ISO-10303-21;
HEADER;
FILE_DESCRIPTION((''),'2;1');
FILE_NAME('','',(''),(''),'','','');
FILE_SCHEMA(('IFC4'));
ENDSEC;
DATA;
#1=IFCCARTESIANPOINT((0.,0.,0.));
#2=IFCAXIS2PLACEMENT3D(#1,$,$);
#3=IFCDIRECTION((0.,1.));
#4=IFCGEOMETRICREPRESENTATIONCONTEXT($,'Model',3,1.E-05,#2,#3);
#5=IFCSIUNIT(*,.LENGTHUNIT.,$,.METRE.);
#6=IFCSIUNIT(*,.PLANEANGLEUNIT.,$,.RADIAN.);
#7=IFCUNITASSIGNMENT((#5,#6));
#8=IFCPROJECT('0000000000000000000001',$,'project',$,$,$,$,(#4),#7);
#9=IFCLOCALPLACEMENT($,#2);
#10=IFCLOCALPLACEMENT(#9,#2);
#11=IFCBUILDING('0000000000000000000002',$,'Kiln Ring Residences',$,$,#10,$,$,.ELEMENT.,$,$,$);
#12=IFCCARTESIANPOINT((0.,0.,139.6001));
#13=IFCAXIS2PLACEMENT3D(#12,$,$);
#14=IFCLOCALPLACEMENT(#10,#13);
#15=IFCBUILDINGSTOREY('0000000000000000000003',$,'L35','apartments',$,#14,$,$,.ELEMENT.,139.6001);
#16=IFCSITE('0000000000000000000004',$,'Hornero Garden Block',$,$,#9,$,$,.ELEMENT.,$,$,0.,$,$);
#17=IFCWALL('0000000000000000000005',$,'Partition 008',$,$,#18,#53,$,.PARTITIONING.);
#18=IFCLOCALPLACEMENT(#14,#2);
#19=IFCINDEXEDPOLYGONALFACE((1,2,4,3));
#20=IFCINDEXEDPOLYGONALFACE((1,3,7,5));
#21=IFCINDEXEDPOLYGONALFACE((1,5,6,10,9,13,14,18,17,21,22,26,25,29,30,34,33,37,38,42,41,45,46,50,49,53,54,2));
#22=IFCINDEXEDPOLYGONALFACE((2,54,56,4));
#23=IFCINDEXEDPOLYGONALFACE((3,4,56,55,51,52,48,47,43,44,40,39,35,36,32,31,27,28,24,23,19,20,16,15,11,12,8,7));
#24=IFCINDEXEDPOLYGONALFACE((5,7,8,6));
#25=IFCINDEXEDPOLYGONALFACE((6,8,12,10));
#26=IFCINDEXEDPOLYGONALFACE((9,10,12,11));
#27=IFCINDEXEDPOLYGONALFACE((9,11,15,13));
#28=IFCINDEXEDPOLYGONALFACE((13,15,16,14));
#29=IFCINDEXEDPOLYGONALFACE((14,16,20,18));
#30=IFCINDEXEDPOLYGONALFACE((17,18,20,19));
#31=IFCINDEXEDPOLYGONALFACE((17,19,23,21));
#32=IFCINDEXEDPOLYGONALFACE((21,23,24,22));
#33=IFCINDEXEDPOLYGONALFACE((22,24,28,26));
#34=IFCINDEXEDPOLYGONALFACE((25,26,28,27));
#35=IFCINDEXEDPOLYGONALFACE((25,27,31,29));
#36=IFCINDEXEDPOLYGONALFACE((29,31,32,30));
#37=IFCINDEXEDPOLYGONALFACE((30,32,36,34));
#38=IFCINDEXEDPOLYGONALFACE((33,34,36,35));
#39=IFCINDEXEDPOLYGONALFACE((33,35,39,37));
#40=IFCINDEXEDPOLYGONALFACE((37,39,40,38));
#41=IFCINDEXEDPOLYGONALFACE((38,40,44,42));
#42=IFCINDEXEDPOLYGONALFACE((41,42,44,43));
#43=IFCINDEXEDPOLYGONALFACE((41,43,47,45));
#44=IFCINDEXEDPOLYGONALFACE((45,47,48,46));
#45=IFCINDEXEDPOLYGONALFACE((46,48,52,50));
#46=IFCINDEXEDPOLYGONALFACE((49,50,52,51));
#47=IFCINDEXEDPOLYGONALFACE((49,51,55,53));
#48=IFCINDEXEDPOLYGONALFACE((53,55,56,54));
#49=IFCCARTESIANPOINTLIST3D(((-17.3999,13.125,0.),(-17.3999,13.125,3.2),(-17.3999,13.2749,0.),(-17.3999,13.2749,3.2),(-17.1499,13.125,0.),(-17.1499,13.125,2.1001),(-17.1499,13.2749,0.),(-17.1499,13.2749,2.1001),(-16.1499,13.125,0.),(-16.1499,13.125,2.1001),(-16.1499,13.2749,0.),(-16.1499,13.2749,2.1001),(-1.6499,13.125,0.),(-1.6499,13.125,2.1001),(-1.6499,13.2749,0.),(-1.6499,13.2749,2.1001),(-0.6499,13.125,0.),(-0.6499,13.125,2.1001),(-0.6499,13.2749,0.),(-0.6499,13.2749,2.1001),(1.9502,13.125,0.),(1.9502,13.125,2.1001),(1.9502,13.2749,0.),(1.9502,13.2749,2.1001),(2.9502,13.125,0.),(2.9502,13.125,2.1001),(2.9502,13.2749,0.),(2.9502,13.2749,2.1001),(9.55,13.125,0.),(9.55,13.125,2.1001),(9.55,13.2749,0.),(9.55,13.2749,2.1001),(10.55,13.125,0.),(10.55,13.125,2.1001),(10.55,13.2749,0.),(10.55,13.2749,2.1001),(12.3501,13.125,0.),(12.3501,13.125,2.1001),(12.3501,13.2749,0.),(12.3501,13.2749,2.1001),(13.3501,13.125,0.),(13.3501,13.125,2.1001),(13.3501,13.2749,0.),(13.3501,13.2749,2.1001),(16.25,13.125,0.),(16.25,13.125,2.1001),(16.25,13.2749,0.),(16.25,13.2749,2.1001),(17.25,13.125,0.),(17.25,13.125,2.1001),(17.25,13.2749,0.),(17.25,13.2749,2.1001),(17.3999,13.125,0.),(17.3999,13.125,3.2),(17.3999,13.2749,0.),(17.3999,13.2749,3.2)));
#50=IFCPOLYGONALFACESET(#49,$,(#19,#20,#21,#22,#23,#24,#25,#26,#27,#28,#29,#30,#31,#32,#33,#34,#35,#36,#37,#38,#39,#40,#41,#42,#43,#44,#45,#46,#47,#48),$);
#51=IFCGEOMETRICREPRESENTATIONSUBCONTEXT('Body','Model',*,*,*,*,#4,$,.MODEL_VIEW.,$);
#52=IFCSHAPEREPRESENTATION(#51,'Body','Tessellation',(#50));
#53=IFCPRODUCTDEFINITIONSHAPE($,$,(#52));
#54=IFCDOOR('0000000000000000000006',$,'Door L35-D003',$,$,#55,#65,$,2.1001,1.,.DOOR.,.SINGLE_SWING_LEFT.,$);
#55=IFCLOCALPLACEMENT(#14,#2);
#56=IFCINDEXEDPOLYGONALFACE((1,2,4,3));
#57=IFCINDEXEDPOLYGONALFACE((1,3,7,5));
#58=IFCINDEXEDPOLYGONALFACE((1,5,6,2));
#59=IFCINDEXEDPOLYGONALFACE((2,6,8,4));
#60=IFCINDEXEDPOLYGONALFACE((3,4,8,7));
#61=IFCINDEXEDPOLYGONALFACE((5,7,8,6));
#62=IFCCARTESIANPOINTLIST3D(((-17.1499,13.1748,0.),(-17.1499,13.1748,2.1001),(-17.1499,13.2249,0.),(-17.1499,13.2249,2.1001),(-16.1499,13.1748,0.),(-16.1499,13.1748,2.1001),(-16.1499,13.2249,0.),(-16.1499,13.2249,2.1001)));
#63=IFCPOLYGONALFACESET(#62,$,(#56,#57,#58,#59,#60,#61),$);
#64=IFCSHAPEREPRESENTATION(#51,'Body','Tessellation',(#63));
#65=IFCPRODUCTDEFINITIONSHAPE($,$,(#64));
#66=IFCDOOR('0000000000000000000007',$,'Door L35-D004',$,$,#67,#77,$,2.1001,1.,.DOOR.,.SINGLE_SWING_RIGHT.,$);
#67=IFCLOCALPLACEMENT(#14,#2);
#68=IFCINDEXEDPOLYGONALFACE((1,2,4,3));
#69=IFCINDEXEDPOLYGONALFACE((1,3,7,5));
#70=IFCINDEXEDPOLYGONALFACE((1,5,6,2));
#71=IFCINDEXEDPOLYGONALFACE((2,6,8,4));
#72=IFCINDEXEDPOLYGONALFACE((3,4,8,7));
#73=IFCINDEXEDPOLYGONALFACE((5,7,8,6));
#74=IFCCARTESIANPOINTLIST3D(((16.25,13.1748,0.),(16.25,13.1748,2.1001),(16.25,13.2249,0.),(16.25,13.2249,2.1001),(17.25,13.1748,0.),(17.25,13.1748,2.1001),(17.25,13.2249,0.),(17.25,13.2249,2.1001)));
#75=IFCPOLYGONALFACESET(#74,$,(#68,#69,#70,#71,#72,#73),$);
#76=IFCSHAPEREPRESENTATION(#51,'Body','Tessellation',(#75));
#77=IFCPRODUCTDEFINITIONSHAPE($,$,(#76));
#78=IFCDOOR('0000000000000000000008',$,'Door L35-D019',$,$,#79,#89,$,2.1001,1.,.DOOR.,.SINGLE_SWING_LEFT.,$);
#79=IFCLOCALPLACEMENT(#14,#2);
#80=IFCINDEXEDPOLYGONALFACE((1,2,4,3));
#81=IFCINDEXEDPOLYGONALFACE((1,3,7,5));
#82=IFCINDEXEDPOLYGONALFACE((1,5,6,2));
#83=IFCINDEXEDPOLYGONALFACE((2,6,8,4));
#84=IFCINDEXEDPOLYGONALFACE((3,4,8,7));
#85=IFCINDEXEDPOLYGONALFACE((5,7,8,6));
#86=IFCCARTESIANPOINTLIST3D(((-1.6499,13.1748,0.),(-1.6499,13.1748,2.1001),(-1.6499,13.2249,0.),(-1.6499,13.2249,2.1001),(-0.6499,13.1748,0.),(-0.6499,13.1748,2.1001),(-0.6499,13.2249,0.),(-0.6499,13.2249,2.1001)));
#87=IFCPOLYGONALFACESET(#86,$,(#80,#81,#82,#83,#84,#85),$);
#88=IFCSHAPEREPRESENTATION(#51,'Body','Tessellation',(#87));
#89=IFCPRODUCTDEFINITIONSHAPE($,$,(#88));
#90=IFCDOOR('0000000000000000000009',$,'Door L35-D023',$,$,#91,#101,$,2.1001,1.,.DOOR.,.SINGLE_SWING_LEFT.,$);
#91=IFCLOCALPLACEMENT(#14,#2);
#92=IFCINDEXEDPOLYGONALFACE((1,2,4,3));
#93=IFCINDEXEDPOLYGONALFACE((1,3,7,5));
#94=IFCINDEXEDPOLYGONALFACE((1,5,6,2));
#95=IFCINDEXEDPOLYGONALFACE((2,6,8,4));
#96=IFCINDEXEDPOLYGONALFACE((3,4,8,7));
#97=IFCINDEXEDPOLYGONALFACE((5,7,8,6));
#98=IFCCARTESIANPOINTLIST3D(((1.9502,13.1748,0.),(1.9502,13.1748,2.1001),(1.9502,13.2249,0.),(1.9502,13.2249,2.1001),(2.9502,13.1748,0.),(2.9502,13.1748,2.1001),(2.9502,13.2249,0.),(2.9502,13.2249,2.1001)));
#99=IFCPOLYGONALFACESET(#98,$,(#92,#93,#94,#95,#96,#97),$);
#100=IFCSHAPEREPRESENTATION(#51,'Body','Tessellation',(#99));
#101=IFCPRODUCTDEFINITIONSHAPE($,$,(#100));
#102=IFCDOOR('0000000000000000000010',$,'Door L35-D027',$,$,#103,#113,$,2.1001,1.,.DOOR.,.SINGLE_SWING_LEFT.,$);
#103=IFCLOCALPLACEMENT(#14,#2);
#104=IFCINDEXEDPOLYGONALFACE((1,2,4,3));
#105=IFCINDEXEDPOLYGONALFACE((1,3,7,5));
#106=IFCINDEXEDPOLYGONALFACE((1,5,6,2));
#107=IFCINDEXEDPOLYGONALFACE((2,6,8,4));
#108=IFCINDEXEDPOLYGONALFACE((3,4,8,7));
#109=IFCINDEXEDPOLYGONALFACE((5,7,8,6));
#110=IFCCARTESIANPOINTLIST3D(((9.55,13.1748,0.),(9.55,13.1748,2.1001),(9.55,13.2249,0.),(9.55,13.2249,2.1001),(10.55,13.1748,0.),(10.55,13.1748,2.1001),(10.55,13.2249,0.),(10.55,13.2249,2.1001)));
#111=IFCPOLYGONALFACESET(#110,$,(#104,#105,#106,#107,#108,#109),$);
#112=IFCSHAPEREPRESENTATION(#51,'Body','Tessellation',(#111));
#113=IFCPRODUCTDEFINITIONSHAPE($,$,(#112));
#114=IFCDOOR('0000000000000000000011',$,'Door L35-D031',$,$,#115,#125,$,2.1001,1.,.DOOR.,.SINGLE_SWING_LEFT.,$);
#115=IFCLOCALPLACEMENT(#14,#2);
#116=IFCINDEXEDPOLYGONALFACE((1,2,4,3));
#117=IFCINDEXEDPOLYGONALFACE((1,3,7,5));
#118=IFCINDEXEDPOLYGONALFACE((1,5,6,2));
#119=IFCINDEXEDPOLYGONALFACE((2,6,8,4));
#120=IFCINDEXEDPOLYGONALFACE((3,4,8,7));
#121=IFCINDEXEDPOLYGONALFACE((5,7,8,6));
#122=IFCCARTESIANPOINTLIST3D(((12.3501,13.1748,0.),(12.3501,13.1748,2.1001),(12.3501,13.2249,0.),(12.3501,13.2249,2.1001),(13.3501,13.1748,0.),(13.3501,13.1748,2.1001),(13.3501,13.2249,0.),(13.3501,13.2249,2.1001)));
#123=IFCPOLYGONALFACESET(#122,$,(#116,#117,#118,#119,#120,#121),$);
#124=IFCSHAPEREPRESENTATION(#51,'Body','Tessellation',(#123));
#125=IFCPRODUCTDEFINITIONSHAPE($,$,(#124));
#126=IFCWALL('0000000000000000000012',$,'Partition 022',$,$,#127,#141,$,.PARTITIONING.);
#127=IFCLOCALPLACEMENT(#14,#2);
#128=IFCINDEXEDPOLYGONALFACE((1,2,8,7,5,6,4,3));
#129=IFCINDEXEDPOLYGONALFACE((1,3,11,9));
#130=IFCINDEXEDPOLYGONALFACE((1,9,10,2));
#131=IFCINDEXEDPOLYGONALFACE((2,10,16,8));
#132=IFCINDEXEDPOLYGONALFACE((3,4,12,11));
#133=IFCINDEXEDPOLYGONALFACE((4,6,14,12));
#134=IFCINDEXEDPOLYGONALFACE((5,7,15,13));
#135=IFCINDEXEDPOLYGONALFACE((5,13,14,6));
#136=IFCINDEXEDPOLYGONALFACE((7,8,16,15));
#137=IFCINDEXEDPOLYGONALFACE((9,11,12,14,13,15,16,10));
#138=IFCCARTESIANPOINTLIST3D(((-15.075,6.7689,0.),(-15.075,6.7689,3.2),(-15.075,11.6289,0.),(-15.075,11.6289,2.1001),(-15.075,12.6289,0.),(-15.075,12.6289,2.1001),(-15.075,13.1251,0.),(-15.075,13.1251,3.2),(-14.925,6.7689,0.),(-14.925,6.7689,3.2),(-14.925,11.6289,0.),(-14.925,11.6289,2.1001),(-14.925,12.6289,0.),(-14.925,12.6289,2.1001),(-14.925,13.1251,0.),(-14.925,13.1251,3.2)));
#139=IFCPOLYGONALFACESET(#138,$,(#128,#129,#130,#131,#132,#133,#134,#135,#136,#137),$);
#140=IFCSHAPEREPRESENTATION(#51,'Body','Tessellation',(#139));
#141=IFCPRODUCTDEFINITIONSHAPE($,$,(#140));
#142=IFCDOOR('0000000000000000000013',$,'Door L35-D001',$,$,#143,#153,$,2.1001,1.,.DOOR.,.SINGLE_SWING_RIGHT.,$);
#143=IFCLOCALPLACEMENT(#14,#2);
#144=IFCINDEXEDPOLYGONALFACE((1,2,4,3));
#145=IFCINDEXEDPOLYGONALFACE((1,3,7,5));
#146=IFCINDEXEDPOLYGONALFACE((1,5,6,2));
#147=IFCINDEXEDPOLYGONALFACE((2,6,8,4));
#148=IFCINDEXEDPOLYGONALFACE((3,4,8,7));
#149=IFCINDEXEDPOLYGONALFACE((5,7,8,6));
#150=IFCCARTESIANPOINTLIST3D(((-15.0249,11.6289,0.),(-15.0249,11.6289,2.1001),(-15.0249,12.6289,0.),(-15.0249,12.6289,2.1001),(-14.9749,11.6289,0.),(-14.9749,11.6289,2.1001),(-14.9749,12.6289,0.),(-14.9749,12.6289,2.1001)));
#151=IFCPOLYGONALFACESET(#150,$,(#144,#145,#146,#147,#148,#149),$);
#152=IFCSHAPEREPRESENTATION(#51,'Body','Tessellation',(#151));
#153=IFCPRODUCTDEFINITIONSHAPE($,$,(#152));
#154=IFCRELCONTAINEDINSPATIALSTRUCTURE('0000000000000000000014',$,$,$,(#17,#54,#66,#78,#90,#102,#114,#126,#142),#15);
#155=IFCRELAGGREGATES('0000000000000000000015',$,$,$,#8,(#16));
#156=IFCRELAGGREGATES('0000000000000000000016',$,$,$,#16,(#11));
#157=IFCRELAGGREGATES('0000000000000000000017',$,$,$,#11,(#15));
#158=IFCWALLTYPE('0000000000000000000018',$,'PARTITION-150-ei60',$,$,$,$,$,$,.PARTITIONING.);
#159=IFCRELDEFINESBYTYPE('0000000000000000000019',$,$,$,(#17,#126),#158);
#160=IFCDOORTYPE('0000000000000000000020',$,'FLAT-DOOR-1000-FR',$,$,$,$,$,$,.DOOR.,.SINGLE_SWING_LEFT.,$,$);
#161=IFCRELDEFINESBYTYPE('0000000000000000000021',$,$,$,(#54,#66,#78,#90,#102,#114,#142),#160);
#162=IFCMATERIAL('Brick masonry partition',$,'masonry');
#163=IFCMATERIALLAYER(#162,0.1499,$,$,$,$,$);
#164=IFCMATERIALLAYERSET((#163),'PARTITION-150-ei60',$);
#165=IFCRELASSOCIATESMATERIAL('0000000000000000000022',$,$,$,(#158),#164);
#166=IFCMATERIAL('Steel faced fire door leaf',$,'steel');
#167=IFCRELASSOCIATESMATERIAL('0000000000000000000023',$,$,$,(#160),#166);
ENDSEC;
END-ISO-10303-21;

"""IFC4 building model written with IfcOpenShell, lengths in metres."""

from ifc_helpers import new_model, si_unit, direction, frame, frame_2d, origin, place, context, subcontext, project, spatial, rectangle, extrude, material, layer, layer_set, type_object, element, fill, save


model = new_model("IFC4")

# Units and contexts
model_context = context("Model", 3, precision=1e-05, world=origin(), true_north=direction((0.0, 1.0)))
body_context = subcontext(model_context, "Body", "Model", "MODEL_VIEW")
ifc_project = project(units=[si_unit("LENGTHUNIT", "METRE"), si_unit("PLANEANGLEUNIT", "RADIAN")], contexts=[model_context])

# Site, building, storey
site_placement = place(None, origin())
site = spatial("IfcSite", under=ifc_project, at=site_placement, Name="Hornero Garden Block", CompositionType="ELEMENT", RefElevation=0.0)
building_placement = place(site_placement, origin())
building = spatial("IfcBuilding", under=site, at=building_placement, Name="Kiln Ring Residences", CompositionType="ELEMENT")
storey_placement = place(building_placement, frame((0.0, 0.0, 139.6001)))
storey = spatial("IfcBuildingStorey", under=building, at=storey_placement, Name="L35", Description="apartments", CompositionType="ELEMENT", Elevation=139.6001)

# Wall, openings, doors
ifc_material_1 = material(Name="Brick masonry partition", Category="masonry")
ifc_layer_1 = layer(ifc_material_1, 0.1499)
ifc_layer_set_1 = layer_set([ifc_layer_1], Name="PARTITION-150-ei60")
wall_type_1 = type_object("IfcWallType", Name="PARTITION-150-ei60", PredefinedType="PARTITIONING", material=ifc_layer_set_1)
wall_1_placement = place(storey_placement, frame((-17.3999, 13.2, 0.0), z_axis=(0.0, 0.0, 1.0), x_axis=(1.0, 0.0, 0.0)))
wall_1 = element("IfcWall", 1, at=wall_1_placement, inside=storey, type_object=wall_type_1, Name="Partition 008", PredefinedType="PARTITIONING", context=body_context, shape_type="SweptSolid", body=[
    extrude(rectangle(XDim=34.7998, YDim=0.1499, at=frame_2d((17.3999, 0.0))), origin(), (0.0, 0.0, 1.0), 3.2),
])
opening_1_placement = place(wall_1_placement, frame((0.25, 0.0, 0.0)))
opening_1 = element("IfcOpeningElement", 2, at=opening_1_placement, cuts=wall_1, PredefinedType="OPENING", context=body_context, shape_type="SweptSolid", body=[
    extrude(rectangle(XDim=1.0, YDim=2.1001, at=frame_2d((0.5, 1.05))), frame((0.0, 0.085, 0.0), z_axis=(0.0, -1.0, 0.0), x_axis=(1.0, 0.0, 0.0)), (0.0, 0.0, 1.0), 0.1699),
])
opening_2_placement = place(wall_1_placement, frame((33.6499, 0.0, 0.0)))
opening_2 = element("IfcOpeningElement", 3, at=opening_2_placement, cuts=wall_1, PredefinedType="OPENING", context=body_context, shape_type="SweptSolid", body=[
    extrude(rectangle(XDim=1.0, YDim=2.1001, at=frame_2d((0.5, 1.05))), frame((0.0, 0.085, 0.0), z_axis=(0.0, -1.0, 0.0), x_axis=(1.0, 0.0, 0.0)), (0.0, 0.0, 1.0), 0.1699),
])
opening_3_placement = place(wall_1_placement, frame((15.75, 0.0, 0.0)))
opening_3 = element("IfcOpeningElement", 4, at=opening_3_placement, cuts=wall_1, PredefinedType="OPENING", context=body_context, shape_type="SweptSolid", body=[
    extrude(rectangle(XDim=1.0, YDim=2.1001, at=frame_2d((0.5, 1.05))), frame((0.0, 0.085, 0.0), z_axis=(0.0, -1.0, 0.0), x_axis=(1.0, 0.0, 0.0)), (0.0, 0.0, 1.0), 0.1699),
])
opening_4_placement = place(wall_1_placement, frame((19.3501, 0.0, 0.0)))
opening_4 = element("IfcOpeningElement", 5, at=opening_4_placement, cuts=wall_1, PredefinedType="OPENING", context=body_context, shape_type="SweptSolid", body=[
    extrude(rectangle(XDim=1.0, YDim=2.1001, at=frame_2d((0.5, 1.05))), frame((0.0, 0.085, 0.0), z_axis=(0.0, -1.0, 0.0), x_axis=(1.0, 0.0, 0.0)), (0.0, 0.0, 1.0), 0.1699),
])
opening_5_placement = place(wall_1_placement, frame((26.95, 0.0, 0.0)))
opening_5 = element("IfcOpeningElement", 6, at=opening_5_placement, cuts=wall_1, PredefinedType="OPENING", context=body_context, shape_type="SweptSolid", body=[
    extrude(rectangle(XDim=1.0, YDim=2.1001, at=frame_2d((0.5, 1.05))), frame((0.0, 0.085, 0.0), z_axis=(0.0, -1.0, 0.0), x_axis=(1.0, 0.0, 0.0)), (0.0, 0.0, 1.0), 0.1699),
])
opening_6_placement = place(wall_1_placement, frame((29.75, 0.0, 0.0)))
opening_6 = element("IfcOpeningElement", 7, at=opening_6_placement, cuts=wall_1, PredefinedType="OPENING", context=body_context, shape_type="SweptSolid", body=[
    extrude(rectangle(XDim=1.0, YDim=2.1001, at=frame_2d((0.5, 1.05))), frame((0.0, 0.085, 0.0), z_axis=(0.0, -1.0, 0.0), x_axis=(1.0, 0.0, 0.0)), (0.0, 0.0, 1.0), 0.1699),
])
ifc_material_2 = material(Name="Steel faced fire door leaf", Category="steel")
door_type_1 = type_object("IfcDoorType", Name="FLAT-DOOR-1000-FR", OperationType="SINGLE_SWING_LEFT", PredefinedType="DOOR", material=ifc_material_2)
door_1_placement = place(opening_1_placement, origin())
door_1 = element("IfcDoor", 8, at=door_1_placement, inside=storey, type_object=door_type_1, Name="Door L35-D003", OperationType="SINGLE_SWING_LEFT", OverallHeight=2.1001, OverallWidth=1.0, PredefinedType="DOOR", context=body_context, shape_type="SweptSolid", body=[
    extrude(rectangle(XDim=1.0, YDim=2.1001, at=frame_2d((0.5, 1.05))), frame((0.0, 0.0249, 0.0), z_axis=(0.0, -1.0, 0.0), x_axis=(1.0, 0.0, 0.0)), (0.0, 0.0, 1.0), 0.05),
])
fill(opening_1, door_1)
door_2_placement = place(opening_2_placement, origin())
door_2 = element("IfcDoor", 9, at=door_2_placement, inside=storey, type_object=door_type_1, Name="Door L35-D004", OperationType="SINGLE_SWING_RIGHT", OverallHeight=2.1001, OverallWidth=1.0, PredefinedType="DOOR", context=body_context, shape_type="SweptSolid", body=[
    extrude(rectangle(XDim=1.0, YDim=2.1001, at=frame_2d((0.5, 1.05))), frame((0.0, 0.0249, 0.0), z_axis=(0.0, -1.0, 0.0), x_axis=(1.0, 0.0, 0.0)), (0.0, 0.0, 1.0), 0.05),
])
fill(opening_2, door_2)
door_3_placement = place(opening_3_placement, origin())
door_3 = element("IfcDoor", 10, at=door_3_placement, inside=storey, type_object=door_type_1, Name="Door L35-D019", OperationType="SINGLE_SWING_LEFT", OverallHeight=2.1001, OverallWidth=1.0, PredefinedType="DOOR", context=body_context, shape_type="SweptSolid", body=[
    extrude(rectangle(XDim=1.0, YDim=2.1001, at=frame_2d((0.5, 1.05))), frame((0.0, 0.0249, 0.0), z_axis=(0.0, -1.0, 0.0), x_axis=(1.0, 0.0, 0.0)), (0.0, 0.0, 1.0), 0.05),
])
fill(opening_3, door_3)
door_4_placement = place(opening_4_placement, origin())
door_4 = element("IfcDoor", 11, at=door_4_placement, inside=storey, type_object=door_type_1, Name="Door L35-D023", OperationType="SINGLE_SWING_LEFT", OverallHeight=2.1001, OverallWidth=1.0, PredefinedType="DOOR", context=body_context, shape_type="SweptSolid", body=[
    extrude(rectangle(XDim=1.0, YDim=2.1001, at=frame_2d((0.5, 1.05))), frame((0.0, 0.0249, 0.0), z_axis=(0.0, -1.0, 0.0), x_axis=(1.0, 0.0, 0.0)), (0.0, 0.0, 1.0), 0.05),
])
fill(opening_4, door_4)
door_5_placement = place(opening_5_placement, origin())
door_5 = element("IfcDoor", 12, at=door_5_placement, inside=storey, type_object=door_type_1, Name="Door L35-D027", OperationType="SINGLE_SWING_LEFT", OverallHeight=2.1001, OverallWidth=1.0, PredefinedType="DOOR", context=body_context, shape_type="SweptSolid", body=[
    extrude(rectangle(XDim=1.0, YDim=2.1001, at=frame_2d((0.5, 1.05))), frame((0.0, 0.0249, 0.0), z_axis=(0.0, -1.0, 0.0), x_axis=(1.0, 0.0, 0.0)), (0.0, 0.0, 1.0), 0.05),
])
fill(opening_5, door_5)
door_6_placement = place(opening_6_placement, origin())
door_6 = element("IfcDoor", 13, at=door_6_placement, inside=storey, type_object=door_type_1, Name="Door L35-D031", OperationType="SINGLE_SWING_LEFT", OverallHeight=2.1001, OverallWidth=1.0, PredefinedType="DOOR", context=body_context, shape_type="SweptSolid", body=[
    extrude(rectangle(XDim=1.0, YDim=2.1001, at=frame_2d((0.5, 1.05))), frame((0.0, 0.0249, 0.0), z_axis=(0.0, -1.0, 0.0), x_axis=(1.0, 0.0, 0.0)), (0.0, 0.0, 1.0), 0.05),
])
fill(opening_6, door_6)

# Wall, opening, door
wall_2_placement = place(storey_placement, frame((-15.0, 6.7688, 0.0), z_axis=(0.0, 0.0, 1.0), x_axis=(0.0, 1.0, 0.0)))
wall_2 = element("IfcWall", 14, at=wall_2_placement, inside=storey, type_object=wall_type_1, Name="Partition 022", PredefinedType="PARTITIONING", context=body_context, shape_type="SweptSolid", body=[
    extrude(rectangle(XDim=6.3562, YDim=0.1499, at=frame_2d((3.1782, 0.0))), origin(), (0.0, 0.0, 1.0), 3.2),
])
opening_7_placement = place(wall_2_placement, frame((4.8601, 0.0, 0.0)))
opening_7 = element("IfcOpeningElement", 15, at=opening_7_placement, cuts=wall_2, PredefinedType="OPENING", context=body_context, shape_type="SweptSolid", body=[
    extrude(rectangle(XDim=1.0, YDim=2.1001, at=frame_2d((0.5, 1.05))), frame((0.0, 0.085, 0.0), z_axis=(0.0, -1.0, 0.0), x_axis=(1.0, 0.0, 0.0)), (0.0, 0.0, 1.0), 0.1699),
])
door_7_placement = place(opening_7_placement, origin())
door_7 = element("IfcDoor", 16, at=door_7_placement, inside=storey, type_object=door_type_1, Name="Door L35-D001", OperationType="SINGLE_SWING_RIGHT", OverallHeight=2.1001, OverallWidth=1.0, PredefinedType="DOOR", context=body_context, shape_type="SweptSolid", body=[
    extrude(rectangle(XDim=1.0, YDim=2.1001, at=frame_2d((0.5, 1.05))), frame((0.0, 0.0249, 0.0), z_axis=(0.0, -1.0, 0.0), x_axis=(1.0, 0.0, 0.0)), (0.0, 0.0, 1.0), 0.05),
])
fill(opening_7, door_7)

save(model, "model.ifc")
